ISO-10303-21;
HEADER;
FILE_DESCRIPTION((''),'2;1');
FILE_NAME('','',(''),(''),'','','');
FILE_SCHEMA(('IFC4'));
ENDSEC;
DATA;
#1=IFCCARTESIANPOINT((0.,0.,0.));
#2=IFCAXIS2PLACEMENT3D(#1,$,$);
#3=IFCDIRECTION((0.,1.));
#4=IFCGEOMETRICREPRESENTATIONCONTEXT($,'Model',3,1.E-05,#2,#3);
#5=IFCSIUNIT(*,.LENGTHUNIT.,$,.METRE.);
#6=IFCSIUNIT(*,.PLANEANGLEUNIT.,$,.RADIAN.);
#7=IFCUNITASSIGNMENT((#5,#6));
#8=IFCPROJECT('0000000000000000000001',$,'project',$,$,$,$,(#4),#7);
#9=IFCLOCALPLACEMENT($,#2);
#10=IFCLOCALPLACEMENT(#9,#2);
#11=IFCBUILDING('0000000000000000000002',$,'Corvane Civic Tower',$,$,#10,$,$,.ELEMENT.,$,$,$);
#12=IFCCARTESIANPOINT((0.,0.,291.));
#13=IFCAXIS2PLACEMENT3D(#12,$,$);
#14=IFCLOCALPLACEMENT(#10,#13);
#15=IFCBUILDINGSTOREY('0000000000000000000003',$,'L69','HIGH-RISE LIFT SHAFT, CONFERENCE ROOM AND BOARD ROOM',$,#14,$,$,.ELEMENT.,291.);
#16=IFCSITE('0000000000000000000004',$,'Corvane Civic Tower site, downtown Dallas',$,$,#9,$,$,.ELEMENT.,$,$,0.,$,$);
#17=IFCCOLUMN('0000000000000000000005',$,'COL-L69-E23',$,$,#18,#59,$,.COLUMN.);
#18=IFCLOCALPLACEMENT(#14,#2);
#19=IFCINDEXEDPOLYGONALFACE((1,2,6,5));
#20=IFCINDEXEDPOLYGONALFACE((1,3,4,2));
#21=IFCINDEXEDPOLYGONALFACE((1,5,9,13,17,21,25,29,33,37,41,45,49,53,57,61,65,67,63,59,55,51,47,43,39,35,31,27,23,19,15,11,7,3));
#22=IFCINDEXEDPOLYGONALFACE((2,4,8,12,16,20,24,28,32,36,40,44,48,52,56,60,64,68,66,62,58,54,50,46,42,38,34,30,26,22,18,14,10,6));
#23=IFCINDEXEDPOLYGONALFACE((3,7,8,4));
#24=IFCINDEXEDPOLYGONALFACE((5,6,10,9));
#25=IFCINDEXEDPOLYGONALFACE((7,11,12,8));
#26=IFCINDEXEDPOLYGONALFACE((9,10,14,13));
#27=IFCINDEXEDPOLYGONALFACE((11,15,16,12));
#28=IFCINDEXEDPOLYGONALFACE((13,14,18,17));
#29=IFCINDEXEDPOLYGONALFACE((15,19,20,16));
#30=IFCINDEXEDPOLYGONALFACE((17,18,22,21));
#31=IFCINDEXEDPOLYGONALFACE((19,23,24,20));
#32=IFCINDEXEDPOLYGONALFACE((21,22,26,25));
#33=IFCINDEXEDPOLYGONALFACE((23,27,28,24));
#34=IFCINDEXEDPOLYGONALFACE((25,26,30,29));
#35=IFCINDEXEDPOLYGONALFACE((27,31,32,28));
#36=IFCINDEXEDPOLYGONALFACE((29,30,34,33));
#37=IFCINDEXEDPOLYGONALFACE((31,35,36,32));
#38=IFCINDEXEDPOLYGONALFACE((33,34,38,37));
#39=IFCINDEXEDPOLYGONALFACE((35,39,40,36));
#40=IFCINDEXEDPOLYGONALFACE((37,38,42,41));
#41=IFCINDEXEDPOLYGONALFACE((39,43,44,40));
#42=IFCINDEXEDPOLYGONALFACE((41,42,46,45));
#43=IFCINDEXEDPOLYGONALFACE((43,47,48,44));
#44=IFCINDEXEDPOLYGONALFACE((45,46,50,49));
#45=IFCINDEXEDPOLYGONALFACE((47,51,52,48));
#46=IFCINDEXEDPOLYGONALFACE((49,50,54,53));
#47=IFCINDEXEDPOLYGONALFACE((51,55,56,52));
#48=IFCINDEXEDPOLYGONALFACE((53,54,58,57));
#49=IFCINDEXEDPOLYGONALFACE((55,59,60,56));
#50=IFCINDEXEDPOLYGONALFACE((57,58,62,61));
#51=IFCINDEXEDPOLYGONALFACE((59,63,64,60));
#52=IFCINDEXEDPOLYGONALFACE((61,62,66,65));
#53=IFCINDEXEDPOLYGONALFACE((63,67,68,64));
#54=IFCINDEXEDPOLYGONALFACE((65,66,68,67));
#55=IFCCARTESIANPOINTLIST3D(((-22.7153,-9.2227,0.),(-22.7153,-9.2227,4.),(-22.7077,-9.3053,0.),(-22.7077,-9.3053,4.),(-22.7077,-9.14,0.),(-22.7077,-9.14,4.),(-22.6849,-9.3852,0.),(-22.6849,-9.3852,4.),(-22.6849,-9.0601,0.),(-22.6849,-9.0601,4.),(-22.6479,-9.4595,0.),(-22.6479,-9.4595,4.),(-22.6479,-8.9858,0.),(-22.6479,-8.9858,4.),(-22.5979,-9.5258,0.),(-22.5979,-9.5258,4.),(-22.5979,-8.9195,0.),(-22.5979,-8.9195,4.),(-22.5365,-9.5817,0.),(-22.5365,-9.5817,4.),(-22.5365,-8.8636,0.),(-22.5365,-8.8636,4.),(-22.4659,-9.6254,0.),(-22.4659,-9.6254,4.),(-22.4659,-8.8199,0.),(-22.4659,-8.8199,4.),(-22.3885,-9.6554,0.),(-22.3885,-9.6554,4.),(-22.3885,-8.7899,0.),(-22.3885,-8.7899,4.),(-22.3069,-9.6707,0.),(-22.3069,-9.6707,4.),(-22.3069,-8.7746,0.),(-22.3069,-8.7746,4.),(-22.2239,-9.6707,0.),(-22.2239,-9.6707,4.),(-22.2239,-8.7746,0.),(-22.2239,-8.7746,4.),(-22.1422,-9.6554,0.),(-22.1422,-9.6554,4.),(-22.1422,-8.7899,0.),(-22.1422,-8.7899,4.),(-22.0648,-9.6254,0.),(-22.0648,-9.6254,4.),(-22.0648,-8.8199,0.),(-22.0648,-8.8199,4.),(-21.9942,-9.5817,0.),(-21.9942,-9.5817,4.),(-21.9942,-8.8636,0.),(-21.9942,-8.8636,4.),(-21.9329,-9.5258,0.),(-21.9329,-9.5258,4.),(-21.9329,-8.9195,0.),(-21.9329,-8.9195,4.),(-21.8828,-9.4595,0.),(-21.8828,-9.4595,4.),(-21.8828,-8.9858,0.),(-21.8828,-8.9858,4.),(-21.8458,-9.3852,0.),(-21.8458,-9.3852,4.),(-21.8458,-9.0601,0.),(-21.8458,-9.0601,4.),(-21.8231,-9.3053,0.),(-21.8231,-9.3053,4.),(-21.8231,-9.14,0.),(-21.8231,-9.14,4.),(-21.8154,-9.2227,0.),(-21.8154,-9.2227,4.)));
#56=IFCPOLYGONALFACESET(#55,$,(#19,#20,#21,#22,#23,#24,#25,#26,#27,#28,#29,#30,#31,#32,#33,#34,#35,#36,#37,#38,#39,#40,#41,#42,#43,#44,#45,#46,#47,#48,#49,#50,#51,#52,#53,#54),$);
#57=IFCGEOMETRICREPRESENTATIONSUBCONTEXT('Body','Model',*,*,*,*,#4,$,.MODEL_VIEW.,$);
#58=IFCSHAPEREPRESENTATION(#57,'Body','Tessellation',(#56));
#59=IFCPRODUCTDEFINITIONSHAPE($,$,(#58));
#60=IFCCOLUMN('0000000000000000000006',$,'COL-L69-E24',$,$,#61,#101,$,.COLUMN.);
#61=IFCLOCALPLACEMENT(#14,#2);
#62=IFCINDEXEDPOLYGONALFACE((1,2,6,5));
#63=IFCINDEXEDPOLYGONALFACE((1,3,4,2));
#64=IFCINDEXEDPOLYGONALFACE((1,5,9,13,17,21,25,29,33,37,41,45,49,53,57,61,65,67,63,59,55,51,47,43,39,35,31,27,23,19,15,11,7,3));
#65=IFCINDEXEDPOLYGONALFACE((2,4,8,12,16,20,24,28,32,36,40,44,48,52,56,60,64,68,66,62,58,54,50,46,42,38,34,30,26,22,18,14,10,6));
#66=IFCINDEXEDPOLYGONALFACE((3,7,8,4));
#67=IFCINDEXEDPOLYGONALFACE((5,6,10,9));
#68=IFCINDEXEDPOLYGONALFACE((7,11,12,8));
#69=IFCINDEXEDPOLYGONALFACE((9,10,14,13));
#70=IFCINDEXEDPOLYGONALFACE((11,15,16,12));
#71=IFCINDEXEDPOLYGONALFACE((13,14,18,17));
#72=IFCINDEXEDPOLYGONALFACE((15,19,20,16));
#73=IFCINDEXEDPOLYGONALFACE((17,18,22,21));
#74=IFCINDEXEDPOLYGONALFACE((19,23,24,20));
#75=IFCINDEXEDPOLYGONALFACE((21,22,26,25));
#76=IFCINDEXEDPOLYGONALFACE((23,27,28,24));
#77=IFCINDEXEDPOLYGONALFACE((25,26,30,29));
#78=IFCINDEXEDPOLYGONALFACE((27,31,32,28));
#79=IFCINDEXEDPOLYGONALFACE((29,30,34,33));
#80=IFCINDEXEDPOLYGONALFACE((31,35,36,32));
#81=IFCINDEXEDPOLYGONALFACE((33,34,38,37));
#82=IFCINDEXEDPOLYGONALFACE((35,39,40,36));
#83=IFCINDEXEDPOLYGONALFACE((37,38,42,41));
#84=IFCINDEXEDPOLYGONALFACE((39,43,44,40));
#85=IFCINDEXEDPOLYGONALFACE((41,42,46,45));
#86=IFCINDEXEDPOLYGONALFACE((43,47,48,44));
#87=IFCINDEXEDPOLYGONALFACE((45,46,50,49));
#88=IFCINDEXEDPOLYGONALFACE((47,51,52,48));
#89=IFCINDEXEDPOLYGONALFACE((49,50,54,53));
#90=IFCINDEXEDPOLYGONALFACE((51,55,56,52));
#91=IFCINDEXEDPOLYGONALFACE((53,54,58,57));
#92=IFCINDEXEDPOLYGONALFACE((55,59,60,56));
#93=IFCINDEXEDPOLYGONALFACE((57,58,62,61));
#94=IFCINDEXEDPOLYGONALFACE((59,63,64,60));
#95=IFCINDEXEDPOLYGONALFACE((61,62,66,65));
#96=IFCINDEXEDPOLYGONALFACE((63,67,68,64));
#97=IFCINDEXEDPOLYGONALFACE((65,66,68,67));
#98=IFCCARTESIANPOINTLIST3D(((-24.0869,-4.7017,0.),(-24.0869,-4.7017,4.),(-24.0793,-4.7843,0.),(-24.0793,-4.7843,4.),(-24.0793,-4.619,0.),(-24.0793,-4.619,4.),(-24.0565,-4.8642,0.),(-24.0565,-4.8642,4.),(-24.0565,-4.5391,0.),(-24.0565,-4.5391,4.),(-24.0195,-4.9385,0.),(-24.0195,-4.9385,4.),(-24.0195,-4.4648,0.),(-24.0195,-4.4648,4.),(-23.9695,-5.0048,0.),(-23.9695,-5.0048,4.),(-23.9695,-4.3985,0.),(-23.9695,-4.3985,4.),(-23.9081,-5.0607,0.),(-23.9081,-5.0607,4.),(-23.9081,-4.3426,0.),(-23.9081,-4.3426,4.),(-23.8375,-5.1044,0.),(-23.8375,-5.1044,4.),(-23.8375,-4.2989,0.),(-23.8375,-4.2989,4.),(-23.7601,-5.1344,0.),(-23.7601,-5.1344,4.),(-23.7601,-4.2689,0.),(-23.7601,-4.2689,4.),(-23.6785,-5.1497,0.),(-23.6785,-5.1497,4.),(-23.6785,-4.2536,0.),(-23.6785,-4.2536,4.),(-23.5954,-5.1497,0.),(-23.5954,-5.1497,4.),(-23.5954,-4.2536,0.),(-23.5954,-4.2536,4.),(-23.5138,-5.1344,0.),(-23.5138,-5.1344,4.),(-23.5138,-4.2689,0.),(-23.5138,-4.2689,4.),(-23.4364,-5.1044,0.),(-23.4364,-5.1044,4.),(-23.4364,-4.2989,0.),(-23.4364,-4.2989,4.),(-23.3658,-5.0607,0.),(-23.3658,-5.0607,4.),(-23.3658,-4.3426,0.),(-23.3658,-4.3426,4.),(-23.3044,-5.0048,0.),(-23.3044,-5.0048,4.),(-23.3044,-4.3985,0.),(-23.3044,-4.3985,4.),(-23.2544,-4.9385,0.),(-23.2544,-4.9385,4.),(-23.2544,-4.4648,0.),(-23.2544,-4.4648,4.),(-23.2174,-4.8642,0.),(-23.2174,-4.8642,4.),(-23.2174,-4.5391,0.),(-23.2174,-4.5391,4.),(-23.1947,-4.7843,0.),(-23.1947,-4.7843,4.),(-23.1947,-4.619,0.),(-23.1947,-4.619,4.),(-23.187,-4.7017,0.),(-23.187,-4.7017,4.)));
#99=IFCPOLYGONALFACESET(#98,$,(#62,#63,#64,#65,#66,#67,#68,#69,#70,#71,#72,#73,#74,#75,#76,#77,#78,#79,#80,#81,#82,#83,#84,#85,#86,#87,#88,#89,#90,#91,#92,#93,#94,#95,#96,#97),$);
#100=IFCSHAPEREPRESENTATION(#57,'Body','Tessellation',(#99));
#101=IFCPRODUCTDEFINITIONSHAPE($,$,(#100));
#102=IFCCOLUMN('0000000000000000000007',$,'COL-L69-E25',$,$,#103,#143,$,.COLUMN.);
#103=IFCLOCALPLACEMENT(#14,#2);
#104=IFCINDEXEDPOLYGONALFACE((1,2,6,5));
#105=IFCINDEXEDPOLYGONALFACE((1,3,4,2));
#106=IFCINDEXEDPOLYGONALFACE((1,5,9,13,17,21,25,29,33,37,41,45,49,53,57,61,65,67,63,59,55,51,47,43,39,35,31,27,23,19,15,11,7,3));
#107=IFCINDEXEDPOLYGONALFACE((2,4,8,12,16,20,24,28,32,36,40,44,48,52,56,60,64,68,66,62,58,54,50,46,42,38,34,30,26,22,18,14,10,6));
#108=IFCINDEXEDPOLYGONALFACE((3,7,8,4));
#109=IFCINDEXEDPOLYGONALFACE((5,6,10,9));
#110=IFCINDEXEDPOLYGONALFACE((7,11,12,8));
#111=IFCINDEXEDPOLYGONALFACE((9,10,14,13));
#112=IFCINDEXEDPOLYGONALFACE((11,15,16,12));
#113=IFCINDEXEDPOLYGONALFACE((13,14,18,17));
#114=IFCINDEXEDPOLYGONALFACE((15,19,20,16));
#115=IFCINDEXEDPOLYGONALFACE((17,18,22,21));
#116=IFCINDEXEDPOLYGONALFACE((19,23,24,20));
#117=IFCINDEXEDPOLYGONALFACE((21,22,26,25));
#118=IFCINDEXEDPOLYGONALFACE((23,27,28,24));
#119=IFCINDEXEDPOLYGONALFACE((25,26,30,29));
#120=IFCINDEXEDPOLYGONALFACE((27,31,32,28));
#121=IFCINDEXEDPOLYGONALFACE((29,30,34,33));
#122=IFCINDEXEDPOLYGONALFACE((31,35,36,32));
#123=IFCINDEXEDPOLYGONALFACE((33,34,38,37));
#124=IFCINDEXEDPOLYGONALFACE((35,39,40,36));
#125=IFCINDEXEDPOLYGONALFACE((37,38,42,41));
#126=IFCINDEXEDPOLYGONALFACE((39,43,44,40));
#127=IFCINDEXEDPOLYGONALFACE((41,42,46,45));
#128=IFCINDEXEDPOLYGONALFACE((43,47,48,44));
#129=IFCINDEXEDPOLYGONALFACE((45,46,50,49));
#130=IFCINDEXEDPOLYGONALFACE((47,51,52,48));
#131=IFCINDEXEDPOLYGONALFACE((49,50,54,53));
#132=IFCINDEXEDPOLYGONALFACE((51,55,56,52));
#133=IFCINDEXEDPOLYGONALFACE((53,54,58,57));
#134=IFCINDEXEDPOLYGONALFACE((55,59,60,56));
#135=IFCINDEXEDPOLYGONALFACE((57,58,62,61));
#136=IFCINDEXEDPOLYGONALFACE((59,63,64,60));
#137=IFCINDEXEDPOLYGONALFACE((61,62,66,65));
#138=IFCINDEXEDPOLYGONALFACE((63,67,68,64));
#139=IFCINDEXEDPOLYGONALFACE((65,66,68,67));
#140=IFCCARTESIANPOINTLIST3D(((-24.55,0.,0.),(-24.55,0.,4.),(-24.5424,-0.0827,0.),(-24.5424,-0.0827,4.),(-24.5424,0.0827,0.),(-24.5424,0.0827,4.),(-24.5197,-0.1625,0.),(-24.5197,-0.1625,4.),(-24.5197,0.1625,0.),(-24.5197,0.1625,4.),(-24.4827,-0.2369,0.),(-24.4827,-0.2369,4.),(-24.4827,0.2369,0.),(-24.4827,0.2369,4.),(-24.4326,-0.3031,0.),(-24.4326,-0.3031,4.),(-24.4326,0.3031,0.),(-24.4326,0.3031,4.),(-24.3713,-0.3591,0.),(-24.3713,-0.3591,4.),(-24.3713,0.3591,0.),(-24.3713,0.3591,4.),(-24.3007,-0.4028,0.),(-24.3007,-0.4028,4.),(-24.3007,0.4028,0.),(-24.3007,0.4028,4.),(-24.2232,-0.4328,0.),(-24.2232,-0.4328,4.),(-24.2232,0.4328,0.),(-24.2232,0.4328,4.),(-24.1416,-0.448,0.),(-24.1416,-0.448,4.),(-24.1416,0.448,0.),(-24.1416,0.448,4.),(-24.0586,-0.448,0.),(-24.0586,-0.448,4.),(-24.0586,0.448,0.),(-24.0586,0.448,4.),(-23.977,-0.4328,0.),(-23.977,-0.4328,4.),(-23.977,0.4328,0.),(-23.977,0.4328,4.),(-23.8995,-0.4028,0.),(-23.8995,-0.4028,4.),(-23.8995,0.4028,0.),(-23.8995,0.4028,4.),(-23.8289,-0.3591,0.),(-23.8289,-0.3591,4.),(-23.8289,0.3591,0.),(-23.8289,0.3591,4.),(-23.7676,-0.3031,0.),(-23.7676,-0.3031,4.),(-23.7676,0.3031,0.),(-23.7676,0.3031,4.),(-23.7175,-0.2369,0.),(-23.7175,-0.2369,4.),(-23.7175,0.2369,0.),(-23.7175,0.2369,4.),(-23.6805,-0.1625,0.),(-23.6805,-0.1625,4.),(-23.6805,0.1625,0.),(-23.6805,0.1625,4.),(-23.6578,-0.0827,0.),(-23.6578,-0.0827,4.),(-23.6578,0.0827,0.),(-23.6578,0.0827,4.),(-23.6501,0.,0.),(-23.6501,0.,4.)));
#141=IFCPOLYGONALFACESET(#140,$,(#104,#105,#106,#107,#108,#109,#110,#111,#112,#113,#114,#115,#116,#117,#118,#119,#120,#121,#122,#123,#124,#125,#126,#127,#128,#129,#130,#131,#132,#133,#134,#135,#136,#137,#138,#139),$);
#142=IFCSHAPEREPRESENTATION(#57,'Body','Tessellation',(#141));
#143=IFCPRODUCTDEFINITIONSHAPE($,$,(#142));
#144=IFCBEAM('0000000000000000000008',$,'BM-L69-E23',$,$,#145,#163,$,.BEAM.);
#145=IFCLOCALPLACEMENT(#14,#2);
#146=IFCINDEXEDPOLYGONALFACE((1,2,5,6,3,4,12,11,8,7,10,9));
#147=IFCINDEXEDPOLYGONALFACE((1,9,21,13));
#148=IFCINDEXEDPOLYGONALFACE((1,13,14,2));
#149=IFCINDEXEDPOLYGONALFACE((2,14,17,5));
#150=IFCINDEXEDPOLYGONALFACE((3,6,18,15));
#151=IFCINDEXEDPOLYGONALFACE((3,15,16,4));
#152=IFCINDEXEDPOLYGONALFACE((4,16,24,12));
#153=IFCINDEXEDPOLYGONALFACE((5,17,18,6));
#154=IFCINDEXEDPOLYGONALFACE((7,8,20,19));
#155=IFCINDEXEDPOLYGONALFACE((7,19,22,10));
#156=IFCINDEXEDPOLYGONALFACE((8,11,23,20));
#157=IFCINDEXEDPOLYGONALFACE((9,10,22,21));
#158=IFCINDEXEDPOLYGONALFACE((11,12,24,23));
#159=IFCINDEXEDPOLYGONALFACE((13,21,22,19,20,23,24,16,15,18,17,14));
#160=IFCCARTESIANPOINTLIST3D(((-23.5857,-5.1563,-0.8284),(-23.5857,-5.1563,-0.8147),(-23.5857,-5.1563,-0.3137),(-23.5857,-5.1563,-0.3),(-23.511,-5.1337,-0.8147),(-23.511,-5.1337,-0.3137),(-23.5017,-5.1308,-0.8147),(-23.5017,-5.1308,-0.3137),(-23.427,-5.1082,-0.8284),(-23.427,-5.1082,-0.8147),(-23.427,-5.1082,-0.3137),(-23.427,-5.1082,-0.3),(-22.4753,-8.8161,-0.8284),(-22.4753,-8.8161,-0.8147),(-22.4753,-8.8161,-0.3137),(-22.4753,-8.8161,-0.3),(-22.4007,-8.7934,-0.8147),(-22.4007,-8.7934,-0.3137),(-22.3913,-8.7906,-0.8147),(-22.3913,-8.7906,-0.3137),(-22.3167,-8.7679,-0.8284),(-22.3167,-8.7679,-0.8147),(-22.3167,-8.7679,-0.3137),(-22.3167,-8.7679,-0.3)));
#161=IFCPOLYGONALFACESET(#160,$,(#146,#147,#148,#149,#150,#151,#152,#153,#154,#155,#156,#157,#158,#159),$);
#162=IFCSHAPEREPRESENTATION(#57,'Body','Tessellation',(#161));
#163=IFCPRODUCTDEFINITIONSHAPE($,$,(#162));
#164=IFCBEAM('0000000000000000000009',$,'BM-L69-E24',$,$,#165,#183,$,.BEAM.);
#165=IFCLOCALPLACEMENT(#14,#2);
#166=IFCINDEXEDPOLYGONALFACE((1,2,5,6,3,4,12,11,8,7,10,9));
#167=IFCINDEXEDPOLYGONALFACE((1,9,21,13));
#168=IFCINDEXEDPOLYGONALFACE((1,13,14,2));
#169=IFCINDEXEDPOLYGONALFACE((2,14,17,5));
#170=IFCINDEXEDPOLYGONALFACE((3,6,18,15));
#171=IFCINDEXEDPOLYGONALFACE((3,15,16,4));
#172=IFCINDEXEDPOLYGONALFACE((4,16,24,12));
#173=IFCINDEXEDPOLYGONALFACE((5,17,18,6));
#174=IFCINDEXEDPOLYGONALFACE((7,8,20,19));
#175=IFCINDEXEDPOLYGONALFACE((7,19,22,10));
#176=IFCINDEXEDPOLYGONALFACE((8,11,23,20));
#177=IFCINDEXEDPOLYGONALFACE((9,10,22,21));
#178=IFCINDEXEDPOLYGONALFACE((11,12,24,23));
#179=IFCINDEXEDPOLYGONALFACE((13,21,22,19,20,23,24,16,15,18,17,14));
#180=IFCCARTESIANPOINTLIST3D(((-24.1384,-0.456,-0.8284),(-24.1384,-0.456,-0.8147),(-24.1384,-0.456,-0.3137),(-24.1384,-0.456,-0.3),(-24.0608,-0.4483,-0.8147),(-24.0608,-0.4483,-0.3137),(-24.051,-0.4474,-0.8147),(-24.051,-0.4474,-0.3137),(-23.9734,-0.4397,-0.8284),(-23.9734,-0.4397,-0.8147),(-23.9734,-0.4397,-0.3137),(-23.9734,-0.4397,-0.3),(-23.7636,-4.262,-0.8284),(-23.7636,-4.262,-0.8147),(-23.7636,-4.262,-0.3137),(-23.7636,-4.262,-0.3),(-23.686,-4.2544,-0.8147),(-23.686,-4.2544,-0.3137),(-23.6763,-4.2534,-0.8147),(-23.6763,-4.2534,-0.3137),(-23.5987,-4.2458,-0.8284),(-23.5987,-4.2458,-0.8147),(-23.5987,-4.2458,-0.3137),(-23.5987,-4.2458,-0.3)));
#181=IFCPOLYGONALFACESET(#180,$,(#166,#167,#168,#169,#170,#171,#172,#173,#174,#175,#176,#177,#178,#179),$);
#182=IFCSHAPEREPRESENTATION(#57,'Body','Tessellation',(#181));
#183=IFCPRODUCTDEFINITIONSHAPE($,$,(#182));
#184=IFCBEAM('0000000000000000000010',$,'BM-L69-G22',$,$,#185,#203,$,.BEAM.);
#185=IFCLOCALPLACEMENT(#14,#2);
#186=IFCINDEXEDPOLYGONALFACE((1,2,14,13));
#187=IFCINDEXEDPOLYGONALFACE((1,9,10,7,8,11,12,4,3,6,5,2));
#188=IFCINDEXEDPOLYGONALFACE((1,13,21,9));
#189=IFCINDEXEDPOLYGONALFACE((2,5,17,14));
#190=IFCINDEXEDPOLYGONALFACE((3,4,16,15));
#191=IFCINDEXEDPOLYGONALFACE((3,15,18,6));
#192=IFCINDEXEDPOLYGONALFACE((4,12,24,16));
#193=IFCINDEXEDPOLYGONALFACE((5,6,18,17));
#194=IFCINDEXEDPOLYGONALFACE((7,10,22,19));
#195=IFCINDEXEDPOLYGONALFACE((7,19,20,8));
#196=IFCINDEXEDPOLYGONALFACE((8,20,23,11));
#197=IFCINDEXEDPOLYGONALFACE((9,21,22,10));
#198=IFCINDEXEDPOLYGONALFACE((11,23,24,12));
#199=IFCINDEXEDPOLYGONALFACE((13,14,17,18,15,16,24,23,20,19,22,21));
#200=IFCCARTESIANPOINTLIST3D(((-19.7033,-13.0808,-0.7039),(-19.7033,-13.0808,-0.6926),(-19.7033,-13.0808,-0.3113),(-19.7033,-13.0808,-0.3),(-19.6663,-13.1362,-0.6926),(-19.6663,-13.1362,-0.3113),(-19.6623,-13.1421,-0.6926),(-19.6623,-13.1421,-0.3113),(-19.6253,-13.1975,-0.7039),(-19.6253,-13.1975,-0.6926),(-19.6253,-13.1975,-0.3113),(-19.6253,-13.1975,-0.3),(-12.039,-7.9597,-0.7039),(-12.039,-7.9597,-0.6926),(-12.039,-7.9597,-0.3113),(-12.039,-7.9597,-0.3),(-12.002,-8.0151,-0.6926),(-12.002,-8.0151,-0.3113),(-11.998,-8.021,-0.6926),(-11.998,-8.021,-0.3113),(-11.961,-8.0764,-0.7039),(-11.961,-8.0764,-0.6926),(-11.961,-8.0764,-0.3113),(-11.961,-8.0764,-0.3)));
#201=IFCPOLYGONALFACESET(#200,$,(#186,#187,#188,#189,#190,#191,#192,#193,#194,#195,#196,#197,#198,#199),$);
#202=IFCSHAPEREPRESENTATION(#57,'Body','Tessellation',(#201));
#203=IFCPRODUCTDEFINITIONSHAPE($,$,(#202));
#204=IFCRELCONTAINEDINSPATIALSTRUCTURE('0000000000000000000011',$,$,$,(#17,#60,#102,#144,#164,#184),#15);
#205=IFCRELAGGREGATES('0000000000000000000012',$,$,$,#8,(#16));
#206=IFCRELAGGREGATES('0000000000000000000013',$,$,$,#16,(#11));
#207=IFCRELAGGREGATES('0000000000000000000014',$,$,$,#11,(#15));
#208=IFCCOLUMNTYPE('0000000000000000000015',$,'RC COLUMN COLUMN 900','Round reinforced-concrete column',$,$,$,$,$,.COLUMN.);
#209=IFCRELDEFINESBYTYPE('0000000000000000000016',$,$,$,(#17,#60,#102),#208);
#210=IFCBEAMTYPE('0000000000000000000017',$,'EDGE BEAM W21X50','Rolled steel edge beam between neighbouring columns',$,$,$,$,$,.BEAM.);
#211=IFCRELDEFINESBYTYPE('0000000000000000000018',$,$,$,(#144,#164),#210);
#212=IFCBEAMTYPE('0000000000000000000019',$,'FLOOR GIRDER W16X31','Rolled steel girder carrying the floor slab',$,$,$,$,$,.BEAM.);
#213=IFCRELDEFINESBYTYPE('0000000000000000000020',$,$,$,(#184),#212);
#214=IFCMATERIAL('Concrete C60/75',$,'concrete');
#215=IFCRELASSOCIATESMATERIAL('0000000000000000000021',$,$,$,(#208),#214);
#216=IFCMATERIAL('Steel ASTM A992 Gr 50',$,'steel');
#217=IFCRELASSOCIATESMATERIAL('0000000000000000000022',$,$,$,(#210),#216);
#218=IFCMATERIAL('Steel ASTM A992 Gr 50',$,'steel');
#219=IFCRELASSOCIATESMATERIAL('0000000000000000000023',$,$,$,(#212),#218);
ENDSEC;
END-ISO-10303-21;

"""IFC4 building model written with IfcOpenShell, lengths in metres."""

from ifc_helpers import new_model, si_unit, direction, frame, origin, origin_2d, place, context, subcontext, project, spatial, circle, i_section, extrude, material, material_profile, profile_set, type_object, element, save


model = new_model("IFC4")

# Units and contexts
model_context = context("Model", 3, precision=1e-05, world=origin(), true_north=direction((0.0, 1.0)))
body_context = subcontext(model_context, "Body", "Model", "MODEL_VIEW")
ifc_project = project(units=[si_unit("LENGTHUNIT", "METRE"), si_unit("PLANEANGLEUNIT", "RADIAN")], contexts=[model_context])

# Site, building, storey
site_placement = place(None, origin())
site = spatial("IfcSite", under=ifc_project, at=site_placement, Name="Corvane Civic Tower site, downtown Dallas", CompositionType="ELEMENT", RefElevation=0.0)
building_placement = place(site_placement, origin())
building = spatial("IfcBuilding", under=site, at=building_placement, Name="Corvane Civic Tower", CompositionType="ELEMENT")
storey_placement = place(building_placement, frame((0.0, 0.0, 291.0)))
storey = spatial("IfcBuildingStorey", under=building, at=storey_placement, Name="L69", Description="HIGH-RISE LIFT SHAFT, CONFERENCE ROOM AND BOARD ROOM", CompositionType="ELEMENT", Elevation=291.0)

# Columns
ifc_material_1 = material(Name="Concrete C60/75", Category="concrete")
ifc_material_profile_1 = material_profile(ifc_material_1, circle(Radius=0.45, at=origin_2d()), Name="COLUMN 900")
ifc_profile_set_1 = profile_set([ifc_material_profile_1], Name="Concrete C60/75")
column_type = type_object("IfcColumnType", Name="RC COLUMN COLUMN 900", Description="Round reinforced-concrete column", PredefinedType="COLUMN", material=ifc_profile_set_1)
for number, where, z_axis, x_axis, name in (
    (1, (-22.2654, -9.2227, 0.0), (0.0, 0.0, 1.0), (1.0, 0.0, 0.0), "COL-L69-E23"),
    (2, (-23.637, -4.7017, 0.0), (0.0, 0.0, 1.0), (1.0, 0.0, 0.0), "COL-L69-E24"),
    (3, (-24.1001, 0.0, 0.0), (0.0, 0.0, 1.0), (1.0, 0.0, 0.0), "COL-L69-E25"),
):
    element("IfcColumn", number, at=place(storey_placement, frame(where, z_axis=z_axis, x_axis=x_axis)), inside=storey, type_object=column_type, Name=name, PredefinedType="COLUMN", context=body_context, shape_type="SweptSolid", body=[
        extrude(circle(Radius=0.45, at=origin_2d()), origin(), (0.0, 0.0, 1.0), 4.0),
    ])

# Beams
ifc_material_2 = material(Name="Steel ASTM A992 Gr 50", Category="steel")
ifc_material_profile_2 = material_profile(ifc_material_2, i_section(OverallWidth=0.1658, OverallDepth=0.5283, WebThickness=0.0098, FlangeThickness=0.0137, at=origin_2d()), Name="W21X50")
ifc_profile_set_2 = profile_set([ifc_material_profile_2], Name="Steel ASTM A992 Gr 50")
beam_type_1 = type_object("IfcBeamType", Name="EDGE BEAM W21X50", Description="Rolled steel edge beam between neighbouring columns", PredefinedType="BEAM", material=ifc_profile_set_2)
for number, where, z_axis, x_axis, name in (
    (4, (-22.396, -8.792, -0.5642), (-0.290333, 0.956926, 0.0), (-0.956926, -0.290333, 0.0), "BM-L69-E23"),
    (5, (-23.6812, -4.2539, -0.5642), (-0.097987, 0.995188, 0.0), (-0.995188, -0.097987, 0.0), "BM-L69-E24"),
):
    element("IfcBeam", number, at=place(storey_placement, frame(where, z_axis=z_axis, x_axis=x_axis)), inside=storey, type_object=beam_type_1, Name=name, PredefinedType="BEAM", context=body_context, shape_type="SweptSolid", body=[
        extrude(i_section(OverallWidth=0.1658, OverallDepth=0.5283, WebThickness=0.0098, FlangeThickness=0.0137, at=origin_2d()), origin(), (0.0, 0.0, 1.0), 3.8245),
    ])
ifc_material_3 = material(Name="Steel ASTM A992 Gr 50", Category="steel")
ifc_material_profile_3 = material_profile(ifc_material_3, i_section(OverallWidth=0.1404, OverallDepth=0.4038, WebThickness=0.0071, FlangeThickness=0.0112, at=origin_2d()), Name="W16X31")
ifc_profile_set_3 = profile_set([ifc_material_profile_3], Name="Steel ASTM A992 Gr 50")
beam_type_2 = type_object("IfcBeamType", Name="FLOOR GIRDER W16X31", Description="Rolled steel girder carrying the floor slab", PredefinedType="BEAM", material=ifc_profile_set_3)
beam_placement = place(storey_placement, frame((-12.0, -8.0181, -0.502), z_axis=(-0.831471, -0.555568, 0.0), x_axis=(0.555568, -0.831471, 0.0)))
element("IfcBeam", 6, at=beam_placement, inside=storey, type_object=beam_type_2, Name="BM-L69-G22", PredefinedType="BEAM", context=body_context, shape_type="SweptSolid", body=[
    extrude(i_section(OverallWidth=0.1404, OverallDepth=0.4038, WebThickness=0.0071, FlangeThickness=0.0112, at=origin_2d()), origin(), (0.0, 0.0, 1.0), 9.2178),
])

save(model, "model.ifc")
